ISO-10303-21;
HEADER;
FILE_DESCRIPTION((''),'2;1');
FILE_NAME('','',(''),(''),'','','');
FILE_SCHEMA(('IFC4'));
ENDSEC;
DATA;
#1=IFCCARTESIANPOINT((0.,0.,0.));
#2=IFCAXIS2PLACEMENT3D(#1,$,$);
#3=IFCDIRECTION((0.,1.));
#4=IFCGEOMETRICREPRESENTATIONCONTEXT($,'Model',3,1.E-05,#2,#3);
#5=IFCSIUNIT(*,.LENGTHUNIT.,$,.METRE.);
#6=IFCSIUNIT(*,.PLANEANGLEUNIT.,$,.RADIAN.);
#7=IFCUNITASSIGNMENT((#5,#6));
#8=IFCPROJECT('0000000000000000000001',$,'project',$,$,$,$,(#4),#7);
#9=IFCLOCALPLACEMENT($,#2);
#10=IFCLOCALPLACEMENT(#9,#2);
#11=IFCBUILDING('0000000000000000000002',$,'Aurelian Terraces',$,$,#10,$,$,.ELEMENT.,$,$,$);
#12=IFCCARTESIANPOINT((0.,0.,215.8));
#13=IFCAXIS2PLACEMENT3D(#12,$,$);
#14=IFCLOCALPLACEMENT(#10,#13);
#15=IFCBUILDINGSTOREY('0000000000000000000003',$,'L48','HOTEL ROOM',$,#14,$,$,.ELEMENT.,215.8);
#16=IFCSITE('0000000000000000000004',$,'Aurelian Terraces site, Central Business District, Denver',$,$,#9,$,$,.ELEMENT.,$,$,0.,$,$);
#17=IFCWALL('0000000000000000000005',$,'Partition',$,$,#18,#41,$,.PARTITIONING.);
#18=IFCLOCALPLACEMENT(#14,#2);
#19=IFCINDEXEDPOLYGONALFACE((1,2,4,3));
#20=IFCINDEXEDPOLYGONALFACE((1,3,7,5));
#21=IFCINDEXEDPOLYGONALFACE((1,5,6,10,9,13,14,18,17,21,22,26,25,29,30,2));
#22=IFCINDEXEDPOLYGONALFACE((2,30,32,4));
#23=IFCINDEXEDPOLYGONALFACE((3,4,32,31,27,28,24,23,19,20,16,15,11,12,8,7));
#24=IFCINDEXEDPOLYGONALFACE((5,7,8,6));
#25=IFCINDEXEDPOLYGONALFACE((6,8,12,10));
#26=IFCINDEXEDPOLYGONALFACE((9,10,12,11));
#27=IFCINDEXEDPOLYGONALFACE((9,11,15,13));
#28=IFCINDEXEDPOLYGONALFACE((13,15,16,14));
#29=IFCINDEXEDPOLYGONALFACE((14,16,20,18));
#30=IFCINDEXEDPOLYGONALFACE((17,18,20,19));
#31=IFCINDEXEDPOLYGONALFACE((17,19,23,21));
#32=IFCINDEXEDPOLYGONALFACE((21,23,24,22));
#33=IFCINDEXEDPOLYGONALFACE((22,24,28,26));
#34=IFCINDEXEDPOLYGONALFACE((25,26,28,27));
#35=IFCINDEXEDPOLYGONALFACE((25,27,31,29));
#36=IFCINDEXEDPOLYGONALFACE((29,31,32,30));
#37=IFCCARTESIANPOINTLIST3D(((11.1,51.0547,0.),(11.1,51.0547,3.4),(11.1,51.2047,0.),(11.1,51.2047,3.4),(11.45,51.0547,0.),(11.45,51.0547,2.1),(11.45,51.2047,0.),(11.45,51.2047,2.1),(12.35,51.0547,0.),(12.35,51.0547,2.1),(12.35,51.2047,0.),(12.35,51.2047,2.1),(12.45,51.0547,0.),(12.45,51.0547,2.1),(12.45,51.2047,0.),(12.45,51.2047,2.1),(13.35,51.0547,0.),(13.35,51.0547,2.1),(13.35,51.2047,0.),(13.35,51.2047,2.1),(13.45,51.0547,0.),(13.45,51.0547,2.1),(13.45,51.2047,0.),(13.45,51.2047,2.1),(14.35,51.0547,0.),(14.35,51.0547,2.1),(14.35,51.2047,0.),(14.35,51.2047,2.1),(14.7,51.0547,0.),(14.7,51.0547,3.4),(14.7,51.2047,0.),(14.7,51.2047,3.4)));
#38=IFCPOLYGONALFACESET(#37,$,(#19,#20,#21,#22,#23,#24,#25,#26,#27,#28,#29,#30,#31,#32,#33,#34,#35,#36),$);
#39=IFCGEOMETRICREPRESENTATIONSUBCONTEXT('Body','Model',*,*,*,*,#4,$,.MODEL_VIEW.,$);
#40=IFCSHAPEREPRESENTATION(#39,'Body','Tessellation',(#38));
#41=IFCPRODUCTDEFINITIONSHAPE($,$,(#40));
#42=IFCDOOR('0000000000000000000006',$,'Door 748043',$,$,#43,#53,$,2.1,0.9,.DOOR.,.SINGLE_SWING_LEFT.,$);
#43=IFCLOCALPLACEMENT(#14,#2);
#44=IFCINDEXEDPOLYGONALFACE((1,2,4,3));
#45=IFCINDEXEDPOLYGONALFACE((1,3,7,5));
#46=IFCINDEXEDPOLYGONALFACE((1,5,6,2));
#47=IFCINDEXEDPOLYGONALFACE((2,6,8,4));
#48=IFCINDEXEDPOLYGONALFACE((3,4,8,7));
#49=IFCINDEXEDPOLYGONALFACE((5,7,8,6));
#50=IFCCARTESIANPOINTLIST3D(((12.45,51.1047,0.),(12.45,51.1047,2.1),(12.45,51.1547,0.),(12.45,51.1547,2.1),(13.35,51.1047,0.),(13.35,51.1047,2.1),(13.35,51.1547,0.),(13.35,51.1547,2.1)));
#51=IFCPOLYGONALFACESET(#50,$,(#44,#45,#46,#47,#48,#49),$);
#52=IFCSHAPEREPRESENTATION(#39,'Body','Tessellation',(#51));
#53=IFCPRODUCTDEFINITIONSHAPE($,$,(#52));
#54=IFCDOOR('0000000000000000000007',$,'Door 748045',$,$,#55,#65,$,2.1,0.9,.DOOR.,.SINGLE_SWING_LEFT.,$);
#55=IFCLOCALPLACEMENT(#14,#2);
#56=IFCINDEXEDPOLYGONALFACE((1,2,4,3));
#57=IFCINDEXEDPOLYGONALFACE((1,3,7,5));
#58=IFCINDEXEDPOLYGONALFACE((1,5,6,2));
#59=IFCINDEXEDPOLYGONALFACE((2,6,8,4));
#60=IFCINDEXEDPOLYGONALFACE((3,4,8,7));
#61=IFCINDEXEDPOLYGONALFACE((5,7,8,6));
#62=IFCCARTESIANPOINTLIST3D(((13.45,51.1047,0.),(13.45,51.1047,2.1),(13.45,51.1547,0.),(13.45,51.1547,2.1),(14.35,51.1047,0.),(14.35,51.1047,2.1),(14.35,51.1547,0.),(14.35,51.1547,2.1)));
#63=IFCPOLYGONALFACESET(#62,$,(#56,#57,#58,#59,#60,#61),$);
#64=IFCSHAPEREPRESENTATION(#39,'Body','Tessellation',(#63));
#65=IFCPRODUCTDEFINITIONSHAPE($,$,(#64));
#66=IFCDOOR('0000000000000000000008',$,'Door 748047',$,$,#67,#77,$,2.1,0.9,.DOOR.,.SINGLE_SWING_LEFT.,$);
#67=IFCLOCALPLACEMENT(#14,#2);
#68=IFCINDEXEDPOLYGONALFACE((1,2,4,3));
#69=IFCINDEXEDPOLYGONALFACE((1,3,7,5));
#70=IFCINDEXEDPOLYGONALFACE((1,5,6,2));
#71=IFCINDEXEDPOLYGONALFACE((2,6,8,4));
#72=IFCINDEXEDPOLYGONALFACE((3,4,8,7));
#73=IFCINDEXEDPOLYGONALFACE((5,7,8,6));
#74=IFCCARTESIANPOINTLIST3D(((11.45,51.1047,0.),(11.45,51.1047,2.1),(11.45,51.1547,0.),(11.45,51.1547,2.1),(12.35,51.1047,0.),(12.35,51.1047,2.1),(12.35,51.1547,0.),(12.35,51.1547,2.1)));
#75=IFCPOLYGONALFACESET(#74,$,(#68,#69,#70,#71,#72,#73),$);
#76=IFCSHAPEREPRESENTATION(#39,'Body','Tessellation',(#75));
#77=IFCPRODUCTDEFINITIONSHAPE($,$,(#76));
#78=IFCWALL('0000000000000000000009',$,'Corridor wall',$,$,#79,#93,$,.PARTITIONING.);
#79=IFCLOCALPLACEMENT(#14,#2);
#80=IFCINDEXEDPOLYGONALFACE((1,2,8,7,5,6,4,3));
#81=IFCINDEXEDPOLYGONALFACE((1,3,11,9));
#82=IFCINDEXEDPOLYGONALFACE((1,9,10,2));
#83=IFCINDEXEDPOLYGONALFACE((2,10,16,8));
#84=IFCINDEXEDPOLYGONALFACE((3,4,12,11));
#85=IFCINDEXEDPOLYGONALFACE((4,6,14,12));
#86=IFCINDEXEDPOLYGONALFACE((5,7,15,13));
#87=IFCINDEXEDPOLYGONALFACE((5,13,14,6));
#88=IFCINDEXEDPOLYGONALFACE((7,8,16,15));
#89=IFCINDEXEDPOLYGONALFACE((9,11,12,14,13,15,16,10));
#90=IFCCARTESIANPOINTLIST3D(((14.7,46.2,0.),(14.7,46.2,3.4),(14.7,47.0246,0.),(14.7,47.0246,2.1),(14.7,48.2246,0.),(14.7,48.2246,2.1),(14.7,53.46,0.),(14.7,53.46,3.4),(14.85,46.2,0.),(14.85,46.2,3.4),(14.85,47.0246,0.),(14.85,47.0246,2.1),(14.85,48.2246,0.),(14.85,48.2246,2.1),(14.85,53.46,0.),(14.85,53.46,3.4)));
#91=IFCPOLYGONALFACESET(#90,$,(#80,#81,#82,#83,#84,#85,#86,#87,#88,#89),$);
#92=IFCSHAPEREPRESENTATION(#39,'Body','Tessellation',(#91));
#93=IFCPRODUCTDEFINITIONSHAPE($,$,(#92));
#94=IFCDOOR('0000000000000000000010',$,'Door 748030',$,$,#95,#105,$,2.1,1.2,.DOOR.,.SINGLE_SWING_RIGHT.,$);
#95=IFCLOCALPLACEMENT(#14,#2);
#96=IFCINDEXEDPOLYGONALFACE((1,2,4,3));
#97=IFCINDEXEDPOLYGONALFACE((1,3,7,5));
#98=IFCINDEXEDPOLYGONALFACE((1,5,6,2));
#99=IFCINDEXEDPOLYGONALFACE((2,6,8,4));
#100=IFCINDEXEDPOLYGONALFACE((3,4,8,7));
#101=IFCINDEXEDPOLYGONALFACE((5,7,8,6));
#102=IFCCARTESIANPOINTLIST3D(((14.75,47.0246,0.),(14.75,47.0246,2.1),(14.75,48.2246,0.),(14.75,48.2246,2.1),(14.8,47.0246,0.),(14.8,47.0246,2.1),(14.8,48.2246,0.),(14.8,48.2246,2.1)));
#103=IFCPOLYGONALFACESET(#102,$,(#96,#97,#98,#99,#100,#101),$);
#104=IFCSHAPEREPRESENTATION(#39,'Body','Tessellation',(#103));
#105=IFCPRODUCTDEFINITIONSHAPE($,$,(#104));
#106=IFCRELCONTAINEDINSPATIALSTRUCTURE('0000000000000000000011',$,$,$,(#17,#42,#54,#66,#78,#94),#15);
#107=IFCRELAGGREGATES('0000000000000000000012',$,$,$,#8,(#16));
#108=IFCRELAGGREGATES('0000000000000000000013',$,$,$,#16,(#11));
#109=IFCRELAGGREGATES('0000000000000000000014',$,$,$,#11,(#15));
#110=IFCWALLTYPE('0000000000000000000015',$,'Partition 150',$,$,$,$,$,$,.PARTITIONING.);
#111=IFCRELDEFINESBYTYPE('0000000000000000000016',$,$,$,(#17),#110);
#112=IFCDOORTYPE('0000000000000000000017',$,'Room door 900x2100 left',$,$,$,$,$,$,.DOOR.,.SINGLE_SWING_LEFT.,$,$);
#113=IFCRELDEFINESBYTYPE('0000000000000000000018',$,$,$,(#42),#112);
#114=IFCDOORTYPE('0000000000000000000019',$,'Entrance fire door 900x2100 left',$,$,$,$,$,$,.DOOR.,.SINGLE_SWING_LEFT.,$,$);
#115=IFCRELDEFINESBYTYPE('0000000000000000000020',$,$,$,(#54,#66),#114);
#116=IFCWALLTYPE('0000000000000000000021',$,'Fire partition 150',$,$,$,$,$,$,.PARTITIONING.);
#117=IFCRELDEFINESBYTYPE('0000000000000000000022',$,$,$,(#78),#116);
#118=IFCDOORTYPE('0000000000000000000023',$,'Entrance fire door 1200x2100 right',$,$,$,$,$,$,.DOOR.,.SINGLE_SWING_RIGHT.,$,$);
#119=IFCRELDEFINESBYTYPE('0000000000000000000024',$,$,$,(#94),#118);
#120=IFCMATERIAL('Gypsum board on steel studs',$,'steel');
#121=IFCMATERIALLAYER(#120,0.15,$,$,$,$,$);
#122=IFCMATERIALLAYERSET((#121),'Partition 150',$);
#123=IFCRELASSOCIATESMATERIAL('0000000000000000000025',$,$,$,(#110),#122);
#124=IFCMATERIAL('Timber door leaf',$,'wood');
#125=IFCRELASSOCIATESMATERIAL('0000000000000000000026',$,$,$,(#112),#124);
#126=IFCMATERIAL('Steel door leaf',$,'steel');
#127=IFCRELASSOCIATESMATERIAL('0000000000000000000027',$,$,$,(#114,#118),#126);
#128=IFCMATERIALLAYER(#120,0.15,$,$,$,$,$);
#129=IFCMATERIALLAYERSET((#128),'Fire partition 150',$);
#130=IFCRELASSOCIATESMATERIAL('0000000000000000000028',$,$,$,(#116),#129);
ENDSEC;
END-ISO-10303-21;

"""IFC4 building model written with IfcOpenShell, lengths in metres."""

from ifc_helpers import new_model, si_unit, direction, frame, frame_2d, origin, place, context, subcontext, project, spatial, rectangle, extrude, source, transform, mapped, material, layer, layer_set, type_object, element, fill, save


model = new_model("IFC4")

# Units and contexts
model_context = context("Model", 3, precision=1e-05, world=origin(), true_north=direction((0.0, 1.0)))
body_context = subcontext(model_context, "Body", "Model", "MODEL_VIEW")
ifc_project = project(units=[si_unit("LENGTHUNIT", "METRE"), si_unit("PLANEANGLEUNIT", "RADIAN")], contexts=[model_context])

# Site, building, storey
site_placement = place(None, origin())
site = spatial("IfcSite", under=ifc_project, at=site_placement, Name="Aurelian Terraces site, Central Business District, Denver", CompositionType="ELEMENT", RefElevation=0.0)
building_placement = place(site_placement, origin())
building = spatial("IfcBuilding", under=site, at=building_placement, Name="Aurelian Terraces", CompositionType="ELEMENT")
storey_placement = place(building_placement, frame((0.0, 0.0, 215.8)))
storey = spatial("IfcBuildingStorey", under=building, at=storey_placement, Name="L48", Description="HOTEL ROOM", CompositionType="ELEMENT", Elevation=215.8)

# Shared definitions
ifc_material_1 = material(Name="Gypsum board on steel studs", Category="steel")
ifc_layer_1 = layer(ifc_material_1, 0.15)
ifc_layer_set_1 = layer_set([ifc_layer_1], Name="Partition 150")
wall_type_1 = type_object("IfcWallType", Name="Partition 150", PredefinedType="PARTITIONING", material=ifc_layer_set_1)
shared_shape_1 = source(origin(), body_context, "Body", "SweptSolid", [
    extrude(rectangle(XDim=3.6, YDim=0.15, at=frame_2d((1.8, 0.0))), origin(), (0.0, 0.0, 1.0), 3.4),
])

# Wall, openings, doors
wall_1_placement = place(storey_placement, frame((14.7, 51.1297, 0.0), z_axis=(0.0, 0.0, 1.0), x_axis=(-1.0, 0.0, 0.0)))
wall_1 = element("IfcWall", 1, at=wall_1_placement, inside=storey, type_object=wall_type_1, Name="Partition", PredefinedType="PARTITIONING", context=body_context, shape_type="MappedRepresentation", body=[
    mapped(shared_shape_1, transform((0.0, 0.0, 0.0), scale=1.0)),
])
shared_shape_2 = source(origin(), body_context, "Body", "SweptSolid", [
    extrude(rectangle(XDim=0.9, YDim=2.1, at=frame_2d((0.45, 1.05))), frame((0.0, 0.085, 0.0), z_axis=(0.0, -1.0, 0.0), x_axis=(1.0, 0.0, 0.0)), (0.0, 0.0, 1.0), 0.17),
])
opening_1_placement = place(wall_1_placement, frame((1.35, 0.0, 0.0)))
opening_1 = element("IfcOpeningElement", 2, at=opening_1_placement, cuts=wall_1, PredefinedType="OPENING", context=body_context, shape_type="MappedRepresentation", body=[
    mapped(shared_shape_2, transform((0.0, 0.0, 0.0), scale=1.0)),
])
opening_2_placement = place(wall_1_placement, frame((0.35, 0.0, 0.0)))
opening_2 = element("IfcOpeningElement", 3, at=opening_2_placement, cuts=wall_1, PredefinedType="OPENING", context=body_context, shape_type="MappedRepresentation", body=[
    mapped(shared_shape_2, transform((0.0, 0.0, 0.0), scale=1.0)),
])
opening_3_placement = place(wall_1_placement, frame((2.35, 0.0, 0.0)))
opening_3 = element("IfcOpeningElement", 4, at=opening_3_placement, cuts=wall_1, PredefinedType="OPENING", context=body_context, shape_type="MappedRepresentation", body=[
    mapped(shared_shape_2, transform((0.0, 0.0, 0.0), scale=1.0)),
])
ifc_material_2 = material(Name="Timber door leaf", Category="wood")
door_type_1 = type_object("IfcDoorType", Name="Room door 900x2100 left", OperationType="SINGLE_SWING_LEFT", PredefinedType="DOOR", material=ifc_material_2)
shared_shape_3 = source(origin(), body_context, "Body", "SweptSolid", [
    extrude(rectangle(XDim=0.9, YDim=2.1, at=frame_2d((0.45, 1.05))), frame((0.0, 0.025, 0.0), z_axis=(0.0, -1.0, 0.0), x_axis=(1.0, 0.0, 0.0)), (0.0, 0.0, 1.0), 0.05),
])
door_1_placement = place(opening_1_placement, origin())
door_1 = element("IfcDoor", 5, at=door_1_placement, inside=storey, type_object=door_type_1, Name="Door 748043", OperationType="SINGLE_SWING_LEFT", OverallHeight=2.1, OverallWidth=0.9, PredefinedType="DOOR", context=body_context, shape_type="MappedRepresentation", body=[
    mapped(shared_shape_3, transform((0.0, 0.0, 0.0), scale=1.0)),
])
fill(opening_1, door_1)
ifc_material_3 = material(Name="Steel door leaf", Category="steel")
door_type_2 = type_object("IfcDoorType", Name="Entrance fire door 900x2100 left", OperationType="SINGLE_SWING_LEFT", PredefinedType="DOOR", material=ifc_material_3)
door_2_placement = place(opening_2_placement, origin())
door_2 = element("IfcDoor", 6, at=door_2_placement, inside=storey, type_object=door_type_2, Name="Door 748045", OperationType="SINGLE_SWING_LEFT", OverallHeight=2.1, OverallWidth=0.9, PredefinedType="DOOR", context=body_context, shape_type="MappedRepresentation", body=[
    mapped(shared_shape_3, transform((0.0, 0.0, 0.0), scale=1.0)),
])
fill(opening_2, door_2)
door_3_placement = place(opening_3_placement, origin())
door_3 = element("IfcDoor", 7, at=door_3_placement, inside=storey, type_object=door_type_2, Name="Door 748047", OperationType="SINGLE_SWING_LEFT", OverallHeight=2.1, OverallWidth=0.9, PredefinedType="DOOR", context=body_context, shape_type="MappedRepresentation", body=[
    mapped(shared_shape_3, transform((0.0, 0.0, 0.0), scale=1.0)),
])
fill(opening_3, door_3)

# Wall, opening, door
ifc_layer_2 = layer(ifc_material_1, 0.15)
ifc_layer_set_2 = layer_set([ifc_layer_2], Name="Fire partition 150")
wall_type_2 = type_object("IfcWallType", Name="Fire partition 150", PredefinedType="PARTITIONING", material=ifc_layer_set_2)
shared_shape_4 = source(origin(), body_context, "Body", "SweptSolid", [
    extrude(rectangle(XDim=7.26, YDim=0.15, at=frame_2d((3.63, 0.0))), origin(), (0.0, 0.0, 1.0), 3.4),
])
wall_2_placement = place(storey_placement, frame((14.775, 46.2, 0.0), z_axis=(0.0, 0.0, 1.0), x_axis=(0.0, 1.0, 0.0)))
wall_2 = element("IfcWall", 8, at=wall_2_placement, inside=storey, type_object=wall_type_2, Name="Corridor wall", PredefinedType="PARTITIONING", context=body_context, shape_type="MappedRepresentation", body=[
    mapped(shared_shape_4, transform((0.0, 0.0, 0.0), scale=1.0)),
])
shared_shape_5 = source(origin(), body_context, "Body", "SweptSolid", [
    extrude(rectangle(XDim=1.2, YDim=2.1, at=frame_2d((0.6, 1.05))), frame((0.0, 0.085, 0.0), z_axis=(0.0, -1.0, 0.0), x_axis=(1.0, 0.0, 0.0)), (0.0, 0.0, 1.0), 0.17),
])
opening_4_placement = place(wall_2_placement, frame((0.8246, 0.0, 0.0)))
opening_4 = element("IfcOpeningElement", 9, at=opening_4_placement, cuts=wall_2, PredefinedType="OPENING", context=body_context, shape_type="MappedRepresentation", body=[
    mapped(shared_shape_5, transform((0.0, 0.0, 0.0), scale=1.0)),
])
door_type_3 = type_object("IfcDoorType", Name="Entrance fire door 1200x2100 right", OperationType="SINGLE_SWING_RIGHT", PredefinedType="DOOR", material=ifc_material_3)
shared_shape_6 = source(origin(), body_context, "Body", "SweptSolid", [
    extrude(rectangle(XDim=1.2, YDim=2.1, at=frame_2d((0.6, 1.05))), frame((0.0, 0.025, 0.0), z_axis=(0.0, -1.0, 0.0), x_axis=(1.0, 0.0, 0.0)), (0.0, 0.0, 1.0), 0.05),
])
door_4_placement = place(opening_4_placement, origin())
door_4 = element("IfcDoor", 10, at=door_4_placement, inside=storey, type_object=door_type_3, Name="Door 748030", OperationType="SINGLE_SWING_RIGHT", OverallHeight=2.1, OverallWidth=1.2, PredefinedType="DOOR", context=body_context, shape_type="MappedRepresentation", body=[
    mapped(shared_shape_6, transform((0.0, 0.0, 0.0), scale=1.0)),
])
fill(opening_4, door_4)

save(model, "model.ifc")
